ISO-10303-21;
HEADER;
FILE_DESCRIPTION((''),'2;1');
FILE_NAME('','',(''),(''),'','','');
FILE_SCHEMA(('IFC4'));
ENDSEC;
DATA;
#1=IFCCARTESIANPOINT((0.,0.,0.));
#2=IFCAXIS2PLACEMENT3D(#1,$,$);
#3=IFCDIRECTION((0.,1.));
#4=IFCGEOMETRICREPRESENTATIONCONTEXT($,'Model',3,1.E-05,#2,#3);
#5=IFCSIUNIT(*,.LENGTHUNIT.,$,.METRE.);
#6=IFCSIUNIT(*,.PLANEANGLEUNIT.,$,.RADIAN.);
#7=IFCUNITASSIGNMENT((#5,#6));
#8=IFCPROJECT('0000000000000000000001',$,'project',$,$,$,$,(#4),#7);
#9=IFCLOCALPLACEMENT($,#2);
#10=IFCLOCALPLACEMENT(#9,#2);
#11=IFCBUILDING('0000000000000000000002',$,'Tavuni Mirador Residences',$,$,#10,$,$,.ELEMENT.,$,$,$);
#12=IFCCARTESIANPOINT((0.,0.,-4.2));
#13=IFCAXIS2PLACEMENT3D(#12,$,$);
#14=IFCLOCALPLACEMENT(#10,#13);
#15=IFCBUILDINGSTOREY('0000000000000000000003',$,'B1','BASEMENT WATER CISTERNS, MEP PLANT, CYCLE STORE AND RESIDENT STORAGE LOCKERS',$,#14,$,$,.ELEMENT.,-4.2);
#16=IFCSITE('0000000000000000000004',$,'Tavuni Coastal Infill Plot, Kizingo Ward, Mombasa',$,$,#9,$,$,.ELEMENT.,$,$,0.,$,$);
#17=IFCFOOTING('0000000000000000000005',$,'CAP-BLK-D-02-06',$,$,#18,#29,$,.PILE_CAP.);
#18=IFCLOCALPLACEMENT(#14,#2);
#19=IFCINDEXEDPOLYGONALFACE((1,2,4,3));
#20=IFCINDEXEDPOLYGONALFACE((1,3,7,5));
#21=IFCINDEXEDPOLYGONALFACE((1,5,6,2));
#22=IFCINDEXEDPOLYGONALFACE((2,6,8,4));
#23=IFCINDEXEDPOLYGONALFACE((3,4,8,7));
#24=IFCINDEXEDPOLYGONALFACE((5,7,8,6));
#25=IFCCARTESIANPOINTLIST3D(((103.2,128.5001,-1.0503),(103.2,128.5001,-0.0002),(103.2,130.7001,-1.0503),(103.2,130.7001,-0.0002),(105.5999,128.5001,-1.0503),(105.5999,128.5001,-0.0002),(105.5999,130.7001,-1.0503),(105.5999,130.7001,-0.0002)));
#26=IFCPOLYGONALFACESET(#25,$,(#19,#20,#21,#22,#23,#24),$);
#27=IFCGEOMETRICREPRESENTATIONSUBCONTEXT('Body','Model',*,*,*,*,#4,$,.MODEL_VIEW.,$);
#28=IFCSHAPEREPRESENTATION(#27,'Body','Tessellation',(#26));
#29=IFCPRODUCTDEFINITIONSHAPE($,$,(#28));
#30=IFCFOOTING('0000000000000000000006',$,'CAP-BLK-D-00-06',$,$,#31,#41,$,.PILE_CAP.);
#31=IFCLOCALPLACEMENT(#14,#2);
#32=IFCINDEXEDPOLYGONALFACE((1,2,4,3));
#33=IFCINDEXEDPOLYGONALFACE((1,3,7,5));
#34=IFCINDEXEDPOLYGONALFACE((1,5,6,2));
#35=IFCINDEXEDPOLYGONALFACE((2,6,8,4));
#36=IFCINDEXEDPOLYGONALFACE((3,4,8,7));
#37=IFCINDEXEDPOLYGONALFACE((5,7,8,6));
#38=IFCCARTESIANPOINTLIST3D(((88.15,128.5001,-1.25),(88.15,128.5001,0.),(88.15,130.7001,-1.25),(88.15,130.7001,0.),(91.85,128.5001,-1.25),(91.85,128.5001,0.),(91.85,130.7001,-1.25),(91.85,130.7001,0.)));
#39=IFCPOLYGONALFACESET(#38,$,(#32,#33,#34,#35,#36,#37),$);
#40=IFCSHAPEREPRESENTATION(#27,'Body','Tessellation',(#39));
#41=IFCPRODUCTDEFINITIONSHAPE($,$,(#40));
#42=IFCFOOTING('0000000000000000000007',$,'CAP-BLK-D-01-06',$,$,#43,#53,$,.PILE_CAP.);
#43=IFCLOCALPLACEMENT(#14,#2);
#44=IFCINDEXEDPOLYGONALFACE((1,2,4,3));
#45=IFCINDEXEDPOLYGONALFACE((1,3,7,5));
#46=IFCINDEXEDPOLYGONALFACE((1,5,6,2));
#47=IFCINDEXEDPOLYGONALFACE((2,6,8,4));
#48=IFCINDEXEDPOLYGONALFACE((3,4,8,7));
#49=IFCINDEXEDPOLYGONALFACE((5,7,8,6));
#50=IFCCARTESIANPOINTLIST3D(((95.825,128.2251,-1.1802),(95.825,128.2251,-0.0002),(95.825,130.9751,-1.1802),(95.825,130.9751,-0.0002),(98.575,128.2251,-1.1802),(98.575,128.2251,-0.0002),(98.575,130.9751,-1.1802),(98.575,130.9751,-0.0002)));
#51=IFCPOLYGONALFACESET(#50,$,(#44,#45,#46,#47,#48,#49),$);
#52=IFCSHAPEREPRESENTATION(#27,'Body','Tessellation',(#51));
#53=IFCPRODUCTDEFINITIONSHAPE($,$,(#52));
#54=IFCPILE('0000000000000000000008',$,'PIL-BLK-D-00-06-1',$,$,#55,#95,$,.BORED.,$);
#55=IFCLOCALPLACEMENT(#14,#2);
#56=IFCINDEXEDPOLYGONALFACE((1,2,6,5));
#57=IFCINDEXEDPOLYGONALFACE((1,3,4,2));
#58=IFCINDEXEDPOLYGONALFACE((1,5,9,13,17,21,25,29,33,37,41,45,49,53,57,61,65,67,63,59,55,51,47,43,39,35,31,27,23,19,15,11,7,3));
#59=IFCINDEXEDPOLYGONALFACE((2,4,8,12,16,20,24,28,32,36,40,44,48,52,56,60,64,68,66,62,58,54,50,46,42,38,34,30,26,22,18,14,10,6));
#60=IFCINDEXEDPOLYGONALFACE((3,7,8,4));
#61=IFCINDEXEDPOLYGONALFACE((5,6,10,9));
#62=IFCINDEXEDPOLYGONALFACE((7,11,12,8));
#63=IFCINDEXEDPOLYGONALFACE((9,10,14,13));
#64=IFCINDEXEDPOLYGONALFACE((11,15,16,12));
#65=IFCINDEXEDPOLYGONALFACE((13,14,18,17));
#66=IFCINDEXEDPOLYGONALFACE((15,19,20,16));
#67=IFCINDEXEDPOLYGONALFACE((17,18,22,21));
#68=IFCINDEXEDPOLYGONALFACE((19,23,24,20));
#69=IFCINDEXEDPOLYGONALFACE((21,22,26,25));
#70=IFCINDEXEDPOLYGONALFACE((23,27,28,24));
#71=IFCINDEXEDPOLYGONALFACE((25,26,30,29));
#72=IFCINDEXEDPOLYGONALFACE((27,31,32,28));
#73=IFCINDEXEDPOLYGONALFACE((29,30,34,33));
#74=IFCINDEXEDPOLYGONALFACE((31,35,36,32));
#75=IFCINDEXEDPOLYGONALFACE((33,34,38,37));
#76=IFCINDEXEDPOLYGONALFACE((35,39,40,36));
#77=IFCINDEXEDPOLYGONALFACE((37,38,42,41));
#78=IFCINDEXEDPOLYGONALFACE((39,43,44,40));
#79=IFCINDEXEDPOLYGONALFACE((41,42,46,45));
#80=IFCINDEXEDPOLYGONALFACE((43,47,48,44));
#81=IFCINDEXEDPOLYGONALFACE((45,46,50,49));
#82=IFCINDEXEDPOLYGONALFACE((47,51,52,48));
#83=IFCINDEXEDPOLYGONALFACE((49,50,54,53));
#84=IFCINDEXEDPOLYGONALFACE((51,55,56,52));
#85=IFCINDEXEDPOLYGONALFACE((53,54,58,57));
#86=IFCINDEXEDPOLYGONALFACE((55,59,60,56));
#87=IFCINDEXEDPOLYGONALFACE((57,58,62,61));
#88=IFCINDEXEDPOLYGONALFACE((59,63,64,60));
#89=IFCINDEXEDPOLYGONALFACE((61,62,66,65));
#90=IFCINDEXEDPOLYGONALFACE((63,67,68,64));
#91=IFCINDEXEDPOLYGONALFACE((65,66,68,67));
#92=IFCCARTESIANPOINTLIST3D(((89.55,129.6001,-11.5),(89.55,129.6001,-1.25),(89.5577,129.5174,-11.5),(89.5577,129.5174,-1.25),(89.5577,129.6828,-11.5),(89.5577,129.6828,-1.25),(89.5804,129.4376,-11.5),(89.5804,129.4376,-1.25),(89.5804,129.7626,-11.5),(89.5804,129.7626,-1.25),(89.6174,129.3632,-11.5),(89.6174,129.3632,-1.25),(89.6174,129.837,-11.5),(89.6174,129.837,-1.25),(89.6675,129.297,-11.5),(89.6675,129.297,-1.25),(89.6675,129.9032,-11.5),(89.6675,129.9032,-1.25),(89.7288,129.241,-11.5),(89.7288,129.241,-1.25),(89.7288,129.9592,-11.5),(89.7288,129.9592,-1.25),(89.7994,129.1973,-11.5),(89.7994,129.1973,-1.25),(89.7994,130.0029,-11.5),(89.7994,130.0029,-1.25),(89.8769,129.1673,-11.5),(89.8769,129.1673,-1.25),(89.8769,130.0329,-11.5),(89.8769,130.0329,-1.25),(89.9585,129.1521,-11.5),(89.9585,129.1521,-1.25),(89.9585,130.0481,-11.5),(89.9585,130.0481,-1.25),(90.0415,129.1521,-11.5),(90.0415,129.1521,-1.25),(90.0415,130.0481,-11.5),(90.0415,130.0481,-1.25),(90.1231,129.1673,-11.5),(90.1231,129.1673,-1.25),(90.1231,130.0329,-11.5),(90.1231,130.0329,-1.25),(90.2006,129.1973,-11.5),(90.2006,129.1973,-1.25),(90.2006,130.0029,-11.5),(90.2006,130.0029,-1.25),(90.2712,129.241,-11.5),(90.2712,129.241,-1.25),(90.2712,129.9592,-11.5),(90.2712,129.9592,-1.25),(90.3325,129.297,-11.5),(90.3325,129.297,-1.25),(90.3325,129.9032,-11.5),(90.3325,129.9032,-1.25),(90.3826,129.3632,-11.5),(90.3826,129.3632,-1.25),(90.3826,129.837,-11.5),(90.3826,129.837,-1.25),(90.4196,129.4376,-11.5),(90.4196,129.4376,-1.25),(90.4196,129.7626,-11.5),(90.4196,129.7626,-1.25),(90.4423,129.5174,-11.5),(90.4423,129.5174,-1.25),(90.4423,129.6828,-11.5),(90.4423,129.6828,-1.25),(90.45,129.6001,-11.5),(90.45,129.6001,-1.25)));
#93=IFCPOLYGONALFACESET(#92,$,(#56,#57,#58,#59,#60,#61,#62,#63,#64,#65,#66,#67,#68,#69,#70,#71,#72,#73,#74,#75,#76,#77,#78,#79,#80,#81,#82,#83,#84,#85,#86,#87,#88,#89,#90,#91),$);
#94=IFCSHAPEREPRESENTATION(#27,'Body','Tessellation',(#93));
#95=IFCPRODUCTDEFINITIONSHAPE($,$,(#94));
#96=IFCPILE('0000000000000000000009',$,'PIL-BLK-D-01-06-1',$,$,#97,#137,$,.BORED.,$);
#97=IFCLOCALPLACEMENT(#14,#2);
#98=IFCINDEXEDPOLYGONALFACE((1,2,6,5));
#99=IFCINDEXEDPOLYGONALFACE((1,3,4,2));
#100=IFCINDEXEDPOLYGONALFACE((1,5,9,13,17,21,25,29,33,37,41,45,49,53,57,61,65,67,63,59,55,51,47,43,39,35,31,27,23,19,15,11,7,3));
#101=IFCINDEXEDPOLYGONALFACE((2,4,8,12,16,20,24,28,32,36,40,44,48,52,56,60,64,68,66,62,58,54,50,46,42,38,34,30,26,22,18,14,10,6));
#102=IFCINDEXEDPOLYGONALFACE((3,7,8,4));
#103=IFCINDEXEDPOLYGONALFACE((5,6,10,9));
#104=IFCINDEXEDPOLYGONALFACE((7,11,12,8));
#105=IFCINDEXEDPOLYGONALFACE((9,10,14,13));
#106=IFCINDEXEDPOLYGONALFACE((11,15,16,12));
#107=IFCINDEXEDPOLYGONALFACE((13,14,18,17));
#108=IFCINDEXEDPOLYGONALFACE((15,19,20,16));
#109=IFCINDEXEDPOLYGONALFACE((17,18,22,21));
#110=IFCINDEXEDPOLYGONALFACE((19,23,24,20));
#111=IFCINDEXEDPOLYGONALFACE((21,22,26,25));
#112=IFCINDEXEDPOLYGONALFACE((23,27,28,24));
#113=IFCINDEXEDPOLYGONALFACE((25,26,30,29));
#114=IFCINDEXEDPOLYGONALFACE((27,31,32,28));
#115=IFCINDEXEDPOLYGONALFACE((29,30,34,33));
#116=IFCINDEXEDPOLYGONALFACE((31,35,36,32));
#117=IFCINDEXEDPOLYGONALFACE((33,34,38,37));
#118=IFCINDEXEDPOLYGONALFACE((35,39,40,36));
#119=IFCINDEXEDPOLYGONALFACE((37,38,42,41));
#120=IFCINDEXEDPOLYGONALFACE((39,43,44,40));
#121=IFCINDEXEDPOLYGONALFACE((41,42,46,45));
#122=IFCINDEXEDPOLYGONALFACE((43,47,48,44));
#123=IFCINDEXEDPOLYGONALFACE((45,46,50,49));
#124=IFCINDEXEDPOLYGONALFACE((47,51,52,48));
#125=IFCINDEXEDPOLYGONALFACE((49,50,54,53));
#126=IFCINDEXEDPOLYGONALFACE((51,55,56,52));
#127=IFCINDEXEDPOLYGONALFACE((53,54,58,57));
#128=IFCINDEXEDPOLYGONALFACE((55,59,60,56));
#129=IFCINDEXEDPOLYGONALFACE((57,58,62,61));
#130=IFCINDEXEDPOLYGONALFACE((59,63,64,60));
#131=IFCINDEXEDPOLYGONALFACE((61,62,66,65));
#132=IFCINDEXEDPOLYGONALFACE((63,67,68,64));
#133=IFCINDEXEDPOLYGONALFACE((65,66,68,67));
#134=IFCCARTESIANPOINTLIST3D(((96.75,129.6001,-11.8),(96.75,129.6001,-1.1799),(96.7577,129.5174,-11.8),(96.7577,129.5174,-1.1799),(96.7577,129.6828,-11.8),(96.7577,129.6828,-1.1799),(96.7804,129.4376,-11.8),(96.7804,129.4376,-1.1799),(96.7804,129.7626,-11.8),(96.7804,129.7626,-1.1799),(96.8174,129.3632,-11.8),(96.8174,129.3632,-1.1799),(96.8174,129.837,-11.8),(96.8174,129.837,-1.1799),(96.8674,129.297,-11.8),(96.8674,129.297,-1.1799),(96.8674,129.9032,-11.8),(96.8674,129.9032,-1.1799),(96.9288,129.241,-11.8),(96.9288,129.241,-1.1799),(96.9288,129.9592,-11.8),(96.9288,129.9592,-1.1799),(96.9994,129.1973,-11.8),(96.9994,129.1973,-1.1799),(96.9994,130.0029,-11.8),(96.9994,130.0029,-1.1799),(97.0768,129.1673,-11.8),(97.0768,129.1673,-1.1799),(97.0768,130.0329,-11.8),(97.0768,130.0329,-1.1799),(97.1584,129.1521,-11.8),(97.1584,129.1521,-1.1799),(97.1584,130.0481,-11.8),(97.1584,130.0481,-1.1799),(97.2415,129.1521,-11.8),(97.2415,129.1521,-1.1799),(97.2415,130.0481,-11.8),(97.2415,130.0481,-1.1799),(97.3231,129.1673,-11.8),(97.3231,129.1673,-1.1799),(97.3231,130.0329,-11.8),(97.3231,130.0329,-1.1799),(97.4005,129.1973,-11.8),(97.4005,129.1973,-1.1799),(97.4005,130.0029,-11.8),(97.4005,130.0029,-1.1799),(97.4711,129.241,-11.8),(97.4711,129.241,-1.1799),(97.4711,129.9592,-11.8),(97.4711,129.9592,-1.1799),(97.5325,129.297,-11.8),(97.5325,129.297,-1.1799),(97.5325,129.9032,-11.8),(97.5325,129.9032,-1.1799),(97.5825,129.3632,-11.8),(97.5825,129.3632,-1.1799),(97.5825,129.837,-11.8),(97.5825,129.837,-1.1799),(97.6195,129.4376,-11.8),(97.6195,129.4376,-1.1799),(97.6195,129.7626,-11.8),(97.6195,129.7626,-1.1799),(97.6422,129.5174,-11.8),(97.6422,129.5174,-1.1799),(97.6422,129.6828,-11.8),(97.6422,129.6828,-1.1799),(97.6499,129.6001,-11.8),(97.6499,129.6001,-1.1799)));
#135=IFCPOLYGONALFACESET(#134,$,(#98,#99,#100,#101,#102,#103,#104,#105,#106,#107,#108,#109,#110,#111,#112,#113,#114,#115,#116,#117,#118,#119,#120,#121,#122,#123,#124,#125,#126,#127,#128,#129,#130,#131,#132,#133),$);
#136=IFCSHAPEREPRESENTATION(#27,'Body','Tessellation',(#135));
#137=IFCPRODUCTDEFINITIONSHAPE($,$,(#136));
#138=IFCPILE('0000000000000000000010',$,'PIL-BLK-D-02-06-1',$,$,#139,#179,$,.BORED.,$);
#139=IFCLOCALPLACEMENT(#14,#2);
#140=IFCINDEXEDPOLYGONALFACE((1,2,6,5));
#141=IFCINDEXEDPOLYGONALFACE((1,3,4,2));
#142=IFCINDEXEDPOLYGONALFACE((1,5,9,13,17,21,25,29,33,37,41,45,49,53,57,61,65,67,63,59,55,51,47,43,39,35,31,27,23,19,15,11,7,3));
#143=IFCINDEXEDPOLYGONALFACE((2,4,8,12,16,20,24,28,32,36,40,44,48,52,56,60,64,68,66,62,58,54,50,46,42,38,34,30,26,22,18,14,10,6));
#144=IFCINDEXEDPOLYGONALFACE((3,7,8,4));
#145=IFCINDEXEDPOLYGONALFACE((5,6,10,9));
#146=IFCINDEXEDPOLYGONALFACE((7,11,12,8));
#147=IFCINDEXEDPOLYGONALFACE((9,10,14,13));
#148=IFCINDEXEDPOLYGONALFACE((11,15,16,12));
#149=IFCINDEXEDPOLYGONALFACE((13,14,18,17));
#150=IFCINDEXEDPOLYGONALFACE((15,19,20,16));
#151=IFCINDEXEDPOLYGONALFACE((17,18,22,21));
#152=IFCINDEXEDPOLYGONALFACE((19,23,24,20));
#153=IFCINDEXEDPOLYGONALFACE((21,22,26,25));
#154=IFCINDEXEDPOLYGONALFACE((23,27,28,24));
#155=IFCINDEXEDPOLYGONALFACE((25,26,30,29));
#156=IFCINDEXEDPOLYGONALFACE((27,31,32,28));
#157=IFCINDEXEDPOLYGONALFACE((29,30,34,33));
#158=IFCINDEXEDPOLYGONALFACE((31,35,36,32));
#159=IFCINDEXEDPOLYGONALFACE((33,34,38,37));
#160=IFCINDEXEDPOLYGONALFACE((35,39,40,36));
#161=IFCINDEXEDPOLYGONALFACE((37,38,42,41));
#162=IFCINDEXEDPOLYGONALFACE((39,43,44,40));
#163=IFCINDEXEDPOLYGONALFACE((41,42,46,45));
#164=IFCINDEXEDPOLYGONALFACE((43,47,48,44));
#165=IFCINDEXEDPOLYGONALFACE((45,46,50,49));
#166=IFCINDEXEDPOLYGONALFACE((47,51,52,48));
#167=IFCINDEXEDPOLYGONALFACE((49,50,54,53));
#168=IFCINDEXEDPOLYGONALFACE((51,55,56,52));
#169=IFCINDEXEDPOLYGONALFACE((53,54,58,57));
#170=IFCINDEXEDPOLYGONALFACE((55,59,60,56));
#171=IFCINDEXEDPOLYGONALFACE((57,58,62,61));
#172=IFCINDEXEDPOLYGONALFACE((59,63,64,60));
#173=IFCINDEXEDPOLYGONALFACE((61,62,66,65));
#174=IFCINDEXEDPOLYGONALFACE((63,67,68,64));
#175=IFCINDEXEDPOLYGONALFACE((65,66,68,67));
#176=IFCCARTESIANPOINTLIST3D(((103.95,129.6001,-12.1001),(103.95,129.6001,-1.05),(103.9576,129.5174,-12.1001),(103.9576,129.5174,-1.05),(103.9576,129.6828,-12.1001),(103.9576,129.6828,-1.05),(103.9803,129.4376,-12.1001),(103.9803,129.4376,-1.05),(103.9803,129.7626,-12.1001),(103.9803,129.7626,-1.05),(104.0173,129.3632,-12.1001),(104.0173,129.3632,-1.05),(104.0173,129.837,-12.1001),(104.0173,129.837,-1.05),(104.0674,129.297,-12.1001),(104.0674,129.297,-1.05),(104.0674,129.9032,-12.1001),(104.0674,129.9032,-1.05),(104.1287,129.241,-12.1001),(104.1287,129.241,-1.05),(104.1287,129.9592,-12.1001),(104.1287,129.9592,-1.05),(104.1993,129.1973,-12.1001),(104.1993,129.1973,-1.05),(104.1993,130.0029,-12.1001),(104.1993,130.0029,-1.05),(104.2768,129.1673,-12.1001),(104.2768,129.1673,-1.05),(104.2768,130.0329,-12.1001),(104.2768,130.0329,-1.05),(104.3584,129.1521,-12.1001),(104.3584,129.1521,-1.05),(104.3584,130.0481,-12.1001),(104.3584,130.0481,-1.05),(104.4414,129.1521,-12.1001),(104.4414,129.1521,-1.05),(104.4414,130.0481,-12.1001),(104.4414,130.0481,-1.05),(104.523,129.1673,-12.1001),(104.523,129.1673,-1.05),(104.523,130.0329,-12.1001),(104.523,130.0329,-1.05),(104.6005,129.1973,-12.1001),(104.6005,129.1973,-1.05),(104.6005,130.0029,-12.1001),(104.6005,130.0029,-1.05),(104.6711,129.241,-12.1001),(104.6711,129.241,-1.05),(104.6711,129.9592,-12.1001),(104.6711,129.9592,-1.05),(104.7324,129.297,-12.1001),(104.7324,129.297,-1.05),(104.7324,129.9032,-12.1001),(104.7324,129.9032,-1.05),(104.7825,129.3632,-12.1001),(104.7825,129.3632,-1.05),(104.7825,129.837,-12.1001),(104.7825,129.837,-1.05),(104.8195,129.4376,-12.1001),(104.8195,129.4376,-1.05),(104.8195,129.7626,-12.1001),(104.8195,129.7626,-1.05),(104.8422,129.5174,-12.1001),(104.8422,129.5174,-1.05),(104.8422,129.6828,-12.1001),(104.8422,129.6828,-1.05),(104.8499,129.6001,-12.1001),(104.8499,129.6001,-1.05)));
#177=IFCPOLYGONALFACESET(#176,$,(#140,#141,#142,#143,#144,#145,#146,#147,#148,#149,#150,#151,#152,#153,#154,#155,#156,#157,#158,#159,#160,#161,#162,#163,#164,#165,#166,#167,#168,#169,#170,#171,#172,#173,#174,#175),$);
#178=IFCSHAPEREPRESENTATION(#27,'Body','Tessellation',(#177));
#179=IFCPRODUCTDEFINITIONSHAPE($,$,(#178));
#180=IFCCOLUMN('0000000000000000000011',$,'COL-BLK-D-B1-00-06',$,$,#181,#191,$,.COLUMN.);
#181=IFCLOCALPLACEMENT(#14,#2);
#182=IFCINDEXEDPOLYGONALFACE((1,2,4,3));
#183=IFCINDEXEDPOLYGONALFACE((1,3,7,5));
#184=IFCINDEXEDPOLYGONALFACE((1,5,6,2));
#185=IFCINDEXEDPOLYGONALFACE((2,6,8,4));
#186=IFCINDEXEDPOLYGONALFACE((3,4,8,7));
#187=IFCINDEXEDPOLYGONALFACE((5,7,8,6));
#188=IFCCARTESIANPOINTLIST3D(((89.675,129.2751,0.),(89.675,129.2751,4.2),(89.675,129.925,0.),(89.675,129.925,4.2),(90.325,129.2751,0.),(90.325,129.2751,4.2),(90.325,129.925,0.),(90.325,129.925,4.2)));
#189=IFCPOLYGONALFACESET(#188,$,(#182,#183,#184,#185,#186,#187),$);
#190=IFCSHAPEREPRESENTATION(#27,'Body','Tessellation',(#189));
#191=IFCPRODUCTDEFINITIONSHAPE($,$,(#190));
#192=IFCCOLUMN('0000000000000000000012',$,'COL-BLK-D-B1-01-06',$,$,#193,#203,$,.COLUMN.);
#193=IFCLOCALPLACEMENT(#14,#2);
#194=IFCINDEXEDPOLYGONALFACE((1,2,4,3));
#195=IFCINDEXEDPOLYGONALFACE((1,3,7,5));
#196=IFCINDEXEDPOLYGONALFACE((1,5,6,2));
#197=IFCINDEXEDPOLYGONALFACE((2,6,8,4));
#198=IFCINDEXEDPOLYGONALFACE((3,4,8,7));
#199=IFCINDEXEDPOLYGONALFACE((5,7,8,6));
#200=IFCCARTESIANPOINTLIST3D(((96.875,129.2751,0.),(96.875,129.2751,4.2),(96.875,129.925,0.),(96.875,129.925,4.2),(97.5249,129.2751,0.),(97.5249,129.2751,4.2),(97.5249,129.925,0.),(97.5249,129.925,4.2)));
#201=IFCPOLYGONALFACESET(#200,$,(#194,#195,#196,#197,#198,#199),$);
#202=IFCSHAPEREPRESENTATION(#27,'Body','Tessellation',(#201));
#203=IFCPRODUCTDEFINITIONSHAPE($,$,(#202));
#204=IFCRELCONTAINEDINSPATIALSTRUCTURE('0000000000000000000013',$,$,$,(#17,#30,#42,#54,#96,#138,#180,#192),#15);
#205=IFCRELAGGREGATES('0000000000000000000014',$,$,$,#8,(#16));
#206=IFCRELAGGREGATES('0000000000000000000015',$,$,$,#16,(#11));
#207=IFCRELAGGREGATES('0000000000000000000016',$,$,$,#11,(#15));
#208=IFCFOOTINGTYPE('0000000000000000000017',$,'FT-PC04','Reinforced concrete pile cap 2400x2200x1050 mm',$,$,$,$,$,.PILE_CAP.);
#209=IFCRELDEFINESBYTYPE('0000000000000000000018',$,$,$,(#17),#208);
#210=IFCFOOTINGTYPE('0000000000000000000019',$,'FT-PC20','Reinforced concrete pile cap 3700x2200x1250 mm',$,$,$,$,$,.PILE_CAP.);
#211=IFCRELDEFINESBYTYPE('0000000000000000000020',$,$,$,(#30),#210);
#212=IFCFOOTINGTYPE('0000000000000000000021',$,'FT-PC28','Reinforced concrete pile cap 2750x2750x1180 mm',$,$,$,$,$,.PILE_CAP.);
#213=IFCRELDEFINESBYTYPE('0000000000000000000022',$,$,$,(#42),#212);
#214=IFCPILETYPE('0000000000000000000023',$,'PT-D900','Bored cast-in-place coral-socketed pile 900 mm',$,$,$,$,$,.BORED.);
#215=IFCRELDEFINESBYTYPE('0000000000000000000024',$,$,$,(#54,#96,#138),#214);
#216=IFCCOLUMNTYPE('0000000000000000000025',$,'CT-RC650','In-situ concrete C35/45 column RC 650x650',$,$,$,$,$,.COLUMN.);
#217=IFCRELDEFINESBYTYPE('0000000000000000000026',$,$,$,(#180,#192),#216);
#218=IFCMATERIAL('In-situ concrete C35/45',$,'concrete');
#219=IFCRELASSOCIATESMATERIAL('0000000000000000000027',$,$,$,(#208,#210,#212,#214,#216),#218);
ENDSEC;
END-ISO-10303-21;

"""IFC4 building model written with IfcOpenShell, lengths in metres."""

from ifc_helpers import new_model, si_unit, direction, frame, origin, origin_2d, place, context, subcontext, project, spatial, rectangle, circle, extrude, material, material_profile, profile_set, type_object, element, save


model = new_model("IFC4")

# Units and contexts
model_context = context("Model", 3, precision=1e-05, world=origin(), true_north=direction((0.0, 1.0)))
body_context = subcontext(model_context, "Body", "Model", "MODEL_VIEW")
ifc_project = project(units=[si_unit("LENGTHUNIT", "METRE"), si_unit("PLANEANGLEUNIT", "RADIAN")], contexts=[model_context])

# Site, building, storey
site_placement = place(None, origin())
site = spatial("IfcSite", under=ifc_project, at=site_placement, Name="Tavuni Coastal Infill Plot, Kizingo Ward, Mombasa", CompositionType="ELEMENT", RefElevation=0.0)
building_placement = place(site_placement, origin())
building = spatial("IfcBuilding", under=site, at=building_placement, Name="Tavuni Mirador Residences", CompositionType="ELEMENT")
storey_placement = place(building_placement, frame((0.0, 0.0, -4.2)))
storey = spatial("IfcBuildingStorey", under=building, at=storey_placement, Name="B1", Description="BASEMENT WATER CISTERNS, MEP PLANT, CYCLE STORE AND RESIDENT STORAGE LOCKERS", CompositionType="ELEMENT", Elevation=-4.2)

# Footings
ifc_material_1 = material(Name="In-situ concrete C35/45", Category="concrete")
footing_type_1 = type_object("IfcFootingType", Name="FT-PC04", Description="Reinforced concrete pile cap 2400x2200x1050 mm", PredefinedType="PILE_CAP", material=ifc_material_1)
footing_1_placement = place(storey_placement, frame((104.3999, 129.6001, -1.0503), z_axis=(0.0, 0.0, 1.0), x_axis=(1.0, 0.0, 0.0)))
element("IfcFooting", 1, at=footing_1_placement, inside=storey, type_object=footing_type_1, Name="CAP-BLK-D-02-06", PredefinedType="PILE_CAP", context=body_context, shape_type="SweptSolid", body=[
    extrude(rectangle(XDim=2.3999, YDim=2.2, at=origin_2d()), origin(), (0.0, 0.0, 1.0), 1.05),
])
footing_type_2 = type_object("IfcFootingType", Name="FT-PC20", Description="Reinforced concrete pile cap 3700x2200x1250 mm", PredefinedType="PILE_CAP", material=ifc_material_1)
footing_2_placement = place(storey_placement, frame((90.0, 129.6001, -1.25), z_axis=(0.0, 0.0, 1.0), x_axis=(1.0, 0.0, 0.0)))
element("IfcFooting", 2, at=footing_2_placement, inside=storey, type_object=footing_type_2, Name="CAP-BLK-D-00-06", PredefinedType="PILE_CAP", context=body_context, shape_type="SweptSolid", body=[
    extrude(rectangle(XDim=3.7, YDim=2.2, at=origin_2d()), origin(), (0.0, 0.0, 1.0), 1.25),
])
footing_type_3 = type_object("IfcFootingType", Name="FT-PC28", Description="Reinforced concrete pile cap 2750x2750x1180 mm", PredefinedType="PILE_CAP", material=ifc_material_1)
footing_3_placement = place(storey_placement, frame((97.2, 129.6001, -1.1802), z_axis=(0.0, 0.0, 1.0), x_axis=(1.0, 0.0, 0.0)))
element("IfcFooting", 3, at=footing_3_placement, inside=storey, type_object=footing_type_3, Name="CAP-BLK-D-01-06", PredefinedType="PILE_CAP", context=body_context, shape_type="SweptSolid", body=[
    extrude(rectangle(XDim=2.75, YDim=2.75, at=origin_2d()), origin(), (0.0, 0.0, 1.0), 1.1799),
])

# Piles
ifc_material_profile_1 = material_profile(ifc_material_1, circle(Radius=0.45, at=origin_2d()), Name="PILE D900", Category="concrete")
ifc_profile_set_1 = profile_set([ifc_material_profile_1], Name="In-situ concrete C35/45")
pile_type = type_object("IfcPileType", Name="PT-D900", Description="Bored cast-in-place coral-socketed pile 900 mm", PredefinedType="BORED", material=ifc_profile_set_1)
pile_1_placement = place(storey_placement, frame((90.0, 129.6001, -1.25), z_axis=(0.0, 0.0, -1.0), x_axis=(1.0, 0.0, 0.0)))
element("IfcPile", 4, at=pile_1_placement, inside=storey, type_object=pile_type, Name="PIL-BLK-D-00-06-1", PredefinedType="BORED", context=body_context, shape_type="SweptSolid", body=[
    extrude(circle(Radius=0.45, at=origin_2d()), origin(), (0.0, 0.0, 1.0), 10.25),
])
pile_2_placement = place(storey_placement, frame((97.2, 129.6001, -1.1799), z_axis=(0.0, 0.0, -1.0), x_axis=(1.0, 0.0, 0.0)))
element("IfcPile", 5, at=pile_2_placement, inside=storey, type_object=pile_type, Name="PIL-BLK-D-01-06-1", PredefinedType="BORED", context=body_context, shape_type="SweptSolid", body=[
    extrude(circle(Radius=0.45, at=origin_2d()), origin(), (0.0, 0.0, 1.0), 10.6201),
])
pile_3_placement = place(storey_placement, frame((104.3999, 129.6001, -1.05), z_axis=(0.0, 0.0, -1.0), x_axis=(1.0, 0.0, 0.0)))
element("IfcPile", 6, at=pile_3_placement, inside=storey, type_object=pile_type, Name="PIL-BLK-D-02-06-1", PredefinedType="BORED", context=body_context, shape_type="SweptSolid", body=[
    extrude(circle(Radius=0.45, at=origin_2d()), origin(), (0.0, 0.0, 1.0), 11.05),
])

# Columns
ifc_material_profile_2 = material_profile(ifc_material_1, rectangle(XDim=0.6499, YDim=0.6499, at=origin_2d()), Name="RC 650x650", Category="concrete")
ifc_profile_set_2 = profile_set([ifc_material_profile_2], Name="In-situ concrete C35/45")
column_type = type_object("IfcColumnType", Name="CT-RC650", Description="In-situ concrete C35/45 column RC 650x650", PredefinedType="COLUMN", material=ifc_profile_set_2)
for number, where, z_axis, x_axis, name in (
    (7, (90.0, 129.6001, 0.0), (0.0, 0.0, 1.0), (1.0, 0.0, 0.0), "COL-BLK-D-B1-00-06"),
    (8, (97.2, 129.6001, 0.0), (0.0, 0.0, 1.0), (1.0, 0.0, 0.0), "COL-BLK-D-B1-01-06"),
):
    element("IfcColumn", number, at=place(storey_placement, frame(where, z_axis=z_axis, x_axis=x_axis)), inside=storey, type_object=column_type, Name=name, PredefinedType="COLUMN", context=body_context, shape_type="SweptSolid", body=[
        extrude(rectangle(XDim=0.6499, YDim=0.6499, at=origin_2d()), origin(), (0.0, 0.0, 1.0), 4.2),
    ])

save(model, "model.ifc")
